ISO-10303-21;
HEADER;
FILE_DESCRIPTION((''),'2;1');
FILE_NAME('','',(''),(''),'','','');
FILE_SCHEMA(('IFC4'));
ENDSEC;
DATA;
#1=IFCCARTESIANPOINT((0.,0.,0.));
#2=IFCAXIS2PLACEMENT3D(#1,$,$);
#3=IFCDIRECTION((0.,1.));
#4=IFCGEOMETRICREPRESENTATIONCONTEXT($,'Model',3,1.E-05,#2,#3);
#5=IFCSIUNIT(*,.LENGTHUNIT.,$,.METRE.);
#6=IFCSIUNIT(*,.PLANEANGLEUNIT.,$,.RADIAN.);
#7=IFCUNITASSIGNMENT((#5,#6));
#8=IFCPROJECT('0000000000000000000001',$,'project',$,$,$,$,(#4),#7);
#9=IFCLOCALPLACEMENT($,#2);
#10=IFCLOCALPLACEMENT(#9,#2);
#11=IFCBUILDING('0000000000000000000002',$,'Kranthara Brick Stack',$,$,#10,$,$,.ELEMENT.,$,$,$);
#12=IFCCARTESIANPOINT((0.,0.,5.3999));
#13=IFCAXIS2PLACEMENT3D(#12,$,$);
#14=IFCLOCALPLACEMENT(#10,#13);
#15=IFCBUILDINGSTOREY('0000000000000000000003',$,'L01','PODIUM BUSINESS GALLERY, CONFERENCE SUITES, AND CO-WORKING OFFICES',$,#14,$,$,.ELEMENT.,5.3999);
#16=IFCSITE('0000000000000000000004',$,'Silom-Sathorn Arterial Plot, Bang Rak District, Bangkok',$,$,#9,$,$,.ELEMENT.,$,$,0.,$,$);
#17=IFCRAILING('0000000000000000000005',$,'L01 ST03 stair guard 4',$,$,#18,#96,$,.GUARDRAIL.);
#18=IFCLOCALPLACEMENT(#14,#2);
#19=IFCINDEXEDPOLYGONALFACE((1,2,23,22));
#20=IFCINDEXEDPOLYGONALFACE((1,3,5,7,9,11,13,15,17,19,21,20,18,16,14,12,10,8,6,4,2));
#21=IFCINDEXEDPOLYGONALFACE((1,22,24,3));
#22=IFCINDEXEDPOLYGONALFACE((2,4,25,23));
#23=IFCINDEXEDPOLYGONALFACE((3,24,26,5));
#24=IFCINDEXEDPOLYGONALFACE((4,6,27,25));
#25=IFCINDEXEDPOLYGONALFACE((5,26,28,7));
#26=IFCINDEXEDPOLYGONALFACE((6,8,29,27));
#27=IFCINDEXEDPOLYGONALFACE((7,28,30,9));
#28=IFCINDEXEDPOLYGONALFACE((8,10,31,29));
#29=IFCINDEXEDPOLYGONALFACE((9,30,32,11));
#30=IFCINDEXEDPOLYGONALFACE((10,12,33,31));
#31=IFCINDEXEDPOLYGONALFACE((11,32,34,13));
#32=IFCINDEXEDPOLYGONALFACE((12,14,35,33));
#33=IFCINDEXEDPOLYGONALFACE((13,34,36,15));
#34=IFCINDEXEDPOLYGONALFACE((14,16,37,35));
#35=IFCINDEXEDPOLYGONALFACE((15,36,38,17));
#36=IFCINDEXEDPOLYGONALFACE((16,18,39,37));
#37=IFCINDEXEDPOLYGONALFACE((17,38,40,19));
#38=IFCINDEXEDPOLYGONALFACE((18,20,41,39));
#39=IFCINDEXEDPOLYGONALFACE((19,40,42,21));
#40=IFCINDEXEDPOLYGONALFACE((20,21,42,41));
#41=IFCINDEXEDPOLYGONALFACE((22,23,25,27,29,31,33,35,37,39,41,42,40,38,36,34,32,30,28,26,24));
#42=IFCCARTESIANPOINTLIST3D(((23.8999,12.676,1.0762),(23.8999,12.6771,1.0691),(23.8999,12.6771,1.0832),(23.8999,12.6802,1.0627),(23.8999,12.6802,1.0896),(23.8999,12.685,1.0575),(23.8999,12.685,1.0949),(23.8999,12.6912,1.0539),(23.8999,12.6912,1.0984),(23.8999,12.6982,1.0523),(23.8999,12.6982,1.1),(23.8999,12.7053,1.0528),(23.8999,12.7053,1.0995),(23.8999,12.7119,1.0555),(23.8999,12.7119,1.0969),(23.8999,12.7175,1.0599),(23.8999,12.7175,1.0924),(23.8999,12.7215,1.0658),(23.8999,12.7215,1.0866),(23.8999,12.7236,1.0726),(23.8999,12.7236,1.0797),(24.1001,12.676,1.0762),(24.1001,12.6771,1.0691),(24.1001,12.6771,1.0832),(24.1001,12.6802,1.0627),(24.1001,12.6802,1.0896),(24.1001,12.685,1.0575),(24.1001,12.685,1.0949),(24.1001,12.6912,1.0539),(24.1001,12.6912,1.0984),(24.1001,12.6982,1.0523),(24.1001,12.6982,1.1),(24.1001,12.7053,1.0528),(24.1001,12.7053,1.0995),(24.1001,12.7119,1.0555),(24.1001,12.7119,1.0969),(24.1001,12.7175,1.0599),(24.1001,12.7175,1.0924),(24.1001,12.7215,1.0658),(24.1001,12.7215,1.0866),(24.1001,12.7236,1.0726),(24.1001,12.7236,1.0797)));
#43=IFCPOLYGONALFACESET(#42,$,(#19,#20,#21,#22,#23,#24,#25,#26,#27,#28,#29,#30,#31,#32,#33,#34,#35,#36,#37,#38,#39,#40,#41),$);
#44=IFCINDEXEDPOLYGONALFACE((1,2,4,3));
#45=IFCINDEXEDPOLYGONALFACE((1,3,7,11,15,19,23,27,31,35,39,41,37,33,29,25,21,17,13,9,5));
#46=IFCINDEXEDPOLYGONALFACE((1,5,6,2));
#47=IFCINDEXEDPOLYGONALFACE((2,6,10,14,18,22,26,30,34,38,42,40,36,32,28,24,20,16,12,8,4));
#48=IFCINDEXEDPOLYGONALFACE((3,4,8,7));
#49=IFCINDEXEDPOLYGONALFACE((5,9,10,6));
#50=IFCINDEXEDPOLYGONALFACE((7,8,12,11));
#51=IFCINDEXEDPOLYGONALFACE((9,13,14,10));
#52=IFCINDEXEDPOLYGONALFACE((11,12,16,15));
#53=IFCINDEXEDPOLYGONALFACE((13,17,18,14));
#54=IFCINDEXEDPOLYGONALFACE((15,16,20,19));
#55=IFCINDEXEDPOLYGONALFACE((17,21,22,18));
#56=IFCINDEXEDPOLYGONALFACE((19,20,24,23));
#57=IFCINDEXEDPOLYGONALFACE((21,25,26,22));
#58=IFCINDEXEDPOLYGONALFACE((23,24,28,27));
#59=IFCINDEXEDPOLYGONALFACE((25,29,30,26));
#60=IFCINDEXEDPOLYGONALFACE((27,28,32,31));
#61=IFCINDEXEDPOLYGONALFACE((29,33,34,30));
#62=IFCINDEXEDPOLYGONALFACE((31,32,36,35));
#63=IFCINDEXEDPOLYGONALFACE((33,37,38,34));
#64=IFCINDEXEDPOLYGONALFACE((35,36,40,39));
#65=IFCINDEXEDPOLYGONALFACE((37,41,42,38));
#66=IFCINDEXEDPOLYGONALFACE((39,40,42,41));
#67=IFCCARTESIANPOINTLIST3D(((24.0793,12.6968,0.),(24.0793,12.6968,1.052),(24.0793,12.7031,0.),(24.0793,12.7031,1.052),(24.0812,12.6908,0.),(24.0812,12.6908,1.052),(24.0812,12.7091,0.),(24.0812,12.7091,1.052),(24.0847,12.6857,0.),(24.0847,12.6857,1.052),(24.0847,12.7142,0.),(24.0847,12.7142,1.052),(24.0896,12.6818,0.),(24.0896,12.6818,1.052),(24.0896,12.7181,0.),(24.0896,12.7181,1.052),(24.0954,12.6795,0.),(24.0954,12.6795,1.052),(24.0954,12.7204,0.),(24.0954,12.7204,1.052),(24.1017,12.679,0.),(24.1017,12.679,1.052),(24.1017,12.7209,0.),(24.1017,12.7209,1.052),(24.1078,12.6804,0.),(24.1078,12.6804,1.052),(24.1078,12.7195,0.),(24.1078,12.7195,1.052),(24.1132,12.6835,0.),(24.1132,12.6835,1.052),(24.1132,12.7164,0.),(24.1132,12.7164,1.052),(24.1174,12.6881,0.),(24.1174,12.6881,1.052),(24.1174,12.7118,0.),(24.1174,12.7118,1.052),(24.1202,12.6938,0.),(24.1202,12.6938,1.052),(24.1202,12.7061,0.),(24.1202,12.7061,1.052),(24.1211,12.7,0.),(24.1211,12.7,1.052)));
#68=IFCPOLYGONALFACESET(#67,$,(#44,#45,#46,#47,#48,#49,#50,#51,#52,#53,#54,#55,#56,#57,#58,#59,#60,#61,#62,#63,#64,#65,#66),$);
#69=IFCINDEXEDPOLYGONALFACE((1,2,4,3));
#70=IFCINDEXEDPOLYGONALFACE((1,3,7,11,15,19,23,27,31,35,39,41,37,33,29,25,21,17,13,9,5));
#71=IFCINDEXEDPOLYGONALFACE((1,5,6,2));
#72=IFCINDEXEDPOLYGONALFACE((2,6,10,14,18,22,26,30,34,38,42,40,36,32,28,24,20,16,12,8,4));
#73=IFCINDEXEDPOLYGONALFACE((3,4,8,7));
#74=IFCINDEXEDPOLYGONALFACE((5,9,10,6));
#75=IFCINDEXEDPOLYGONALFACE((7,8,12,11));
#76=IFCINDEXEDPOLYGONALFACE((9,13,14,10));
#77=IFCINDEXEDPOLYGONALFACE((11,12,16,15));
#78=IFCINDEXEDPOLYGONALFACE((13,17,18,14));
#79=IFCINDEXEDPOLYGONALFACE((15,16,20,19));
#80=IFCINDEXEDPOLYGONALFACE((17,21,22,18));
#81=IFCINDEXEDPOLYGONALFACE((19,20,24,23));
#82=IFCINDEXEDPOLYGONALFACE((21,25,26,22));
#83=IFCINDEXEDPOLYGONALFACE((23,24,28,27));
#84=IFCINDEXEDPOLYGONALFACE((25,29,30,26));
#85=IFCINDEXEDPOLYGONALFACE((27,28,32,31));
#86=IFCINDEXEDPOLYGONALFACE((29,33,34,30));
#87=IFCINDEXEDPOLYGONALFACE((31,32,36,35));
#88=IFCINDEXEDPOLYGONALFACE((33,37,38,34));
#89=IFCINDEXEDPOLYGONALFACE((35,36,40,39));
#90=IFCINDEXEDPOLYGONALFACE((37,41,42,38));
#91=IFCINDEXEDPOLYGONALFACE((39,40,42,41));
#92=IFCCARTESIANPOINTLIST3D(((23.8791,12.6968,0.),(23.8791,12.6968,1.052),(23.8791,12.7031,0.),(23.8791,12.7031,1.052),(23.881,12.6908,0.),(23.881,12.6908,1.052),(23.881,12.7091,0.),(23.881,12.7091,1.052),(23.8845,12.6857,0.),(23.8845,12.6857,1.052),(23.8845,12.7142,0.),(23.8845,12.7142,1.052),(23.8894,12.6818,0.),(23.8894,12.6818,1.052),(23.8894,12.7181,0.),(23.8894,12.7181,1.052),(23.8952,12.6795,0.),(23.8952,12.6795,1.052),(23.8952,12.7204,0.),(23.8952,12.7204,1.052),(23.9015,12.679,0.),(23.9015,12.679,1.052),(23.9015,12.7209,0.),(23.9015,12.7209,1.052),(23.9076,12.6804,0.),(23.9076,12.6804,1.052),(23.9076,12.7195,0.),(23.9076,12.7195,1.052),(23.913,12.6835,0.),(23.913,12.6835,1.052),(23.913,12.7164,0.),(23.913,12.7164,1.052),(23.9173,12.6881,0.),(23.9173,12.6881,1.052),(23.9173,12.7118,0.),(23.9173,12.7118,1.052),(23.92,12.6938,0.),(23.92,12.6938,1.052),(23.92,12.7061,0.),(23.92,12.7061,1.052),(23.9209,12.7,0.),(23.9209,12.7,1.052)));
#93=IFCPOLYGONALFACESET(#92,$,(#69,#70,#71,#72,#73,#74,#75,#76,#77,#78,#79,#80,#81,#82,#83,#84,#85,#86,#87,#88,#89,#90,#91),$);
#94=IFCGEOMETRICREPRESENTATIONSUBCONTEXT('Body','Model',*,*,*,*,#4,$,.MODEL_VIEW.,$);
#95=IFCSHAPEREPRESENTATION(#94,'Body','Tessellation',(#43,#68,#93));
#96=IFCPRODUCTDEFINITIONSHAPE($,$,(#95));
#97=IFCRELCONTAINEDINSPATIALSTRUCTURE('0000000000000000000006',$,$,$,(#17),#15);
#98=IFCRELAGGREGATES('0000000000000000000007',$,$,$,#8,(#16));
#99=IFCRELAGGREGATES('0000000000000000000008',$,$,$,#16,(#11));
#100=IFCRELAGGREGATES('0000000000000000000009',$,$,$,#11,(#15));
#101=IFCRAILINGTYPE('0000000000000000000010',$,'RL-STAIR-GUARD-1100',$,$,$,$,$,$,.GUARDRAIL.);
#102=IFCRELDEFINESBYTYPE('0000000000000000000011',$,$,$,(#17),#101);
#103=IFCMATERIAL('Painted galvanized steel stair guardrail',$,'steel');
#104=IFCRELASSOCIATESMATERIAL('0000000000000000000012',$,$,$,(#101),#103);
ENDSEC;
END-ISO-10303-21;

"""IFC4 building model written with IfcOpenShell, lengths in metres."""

from ifc_helpers import new_model, si_unit, direction, frame, origin, origin_2d, place, context, subcontext, project, spatial, circle, extrude, material, type_object, element, save


model = new_model("IFC4")

# Units and contexts
model_context = context("Model", 3, precision=1e-05, world=origin(), true_north=direction((0.0, 1.0)))
body_context = subcontext(model_context, "Body", "Model", "MODEL_VIEW")
ifc_project = project(units=[si_unit("LENGTHUNIT", "METRE"), si_unit("PLANEANGLEUNIT", "RADIAN")], contexts=[model_context])

# Site, building, storey
site_placement = place(None, origin())
site = spatial("IfcSite", under=ifc_project, at=site_placement, Name="Silom-Sathorn Arterial Plot, Bang Rak District, Bangkok", CompositionType="ELEMENT", RefElevation=0.0)
building_placement = place(site_placement, origin())
building = spatial("IfcBuilding", under=site, at=building_placement, Name="Kranthara Brick Stack", CompositionType="ELEMENT")
storey_placement = place(building_placement, frame((0.0, 0.0, 5.3999)))
storey = spatial("IfcBuildingStorey", under=building, at=storey_placement, Name="L01", Description="PODIUM BUSINESS GALLERY, CONFERENCE SUITES, AND CO-WORKING OFFICES", CompositionType="ELEMENT", Elevation=5.3999)

# Railing
ifc_material_1 = material(Name="Painted galvanized steel stair guardrail", Category="steel")
railing_type = type_object("IfcRailingType", Name="RL-STAIR-GUARD-1100", PredefinedType="GUARDRAIL", material=ifc_material_1)
railing_1_placement = place(storey_placement, frame((24.1001, 12.7, 0.0)))
element("IfcRailing", 1, at=railing_1_placement, inside=storey, type_object=railing_type, Name="L01 ST03 stair guard 4", PredefinedType="GUARDRAIL", context=body_context, shape_type="SweptSolid", body=[
    extrude(circle(Radius=0.0239, at=origin_2d()), frame((0.0, 0.0, 1.0762), z_axis=(-1.0, 0.0, 0.0), x_axis=(0.0, -1.0, 0.0)), (0.0, 0.0, 1.0), 0.2002),
    extrude(circle(Radius=0.021, at=origin_2d()), origin(), (0.0, 0.0, 1.0), 1.052),
    extrude(circle(Radius=0.021, at=origin_2d()), frame((-0.2002, 0.0, 0.0)), (0.0, 0.0, 1.0), 1.052),
])

save(model, "model.ifc")
